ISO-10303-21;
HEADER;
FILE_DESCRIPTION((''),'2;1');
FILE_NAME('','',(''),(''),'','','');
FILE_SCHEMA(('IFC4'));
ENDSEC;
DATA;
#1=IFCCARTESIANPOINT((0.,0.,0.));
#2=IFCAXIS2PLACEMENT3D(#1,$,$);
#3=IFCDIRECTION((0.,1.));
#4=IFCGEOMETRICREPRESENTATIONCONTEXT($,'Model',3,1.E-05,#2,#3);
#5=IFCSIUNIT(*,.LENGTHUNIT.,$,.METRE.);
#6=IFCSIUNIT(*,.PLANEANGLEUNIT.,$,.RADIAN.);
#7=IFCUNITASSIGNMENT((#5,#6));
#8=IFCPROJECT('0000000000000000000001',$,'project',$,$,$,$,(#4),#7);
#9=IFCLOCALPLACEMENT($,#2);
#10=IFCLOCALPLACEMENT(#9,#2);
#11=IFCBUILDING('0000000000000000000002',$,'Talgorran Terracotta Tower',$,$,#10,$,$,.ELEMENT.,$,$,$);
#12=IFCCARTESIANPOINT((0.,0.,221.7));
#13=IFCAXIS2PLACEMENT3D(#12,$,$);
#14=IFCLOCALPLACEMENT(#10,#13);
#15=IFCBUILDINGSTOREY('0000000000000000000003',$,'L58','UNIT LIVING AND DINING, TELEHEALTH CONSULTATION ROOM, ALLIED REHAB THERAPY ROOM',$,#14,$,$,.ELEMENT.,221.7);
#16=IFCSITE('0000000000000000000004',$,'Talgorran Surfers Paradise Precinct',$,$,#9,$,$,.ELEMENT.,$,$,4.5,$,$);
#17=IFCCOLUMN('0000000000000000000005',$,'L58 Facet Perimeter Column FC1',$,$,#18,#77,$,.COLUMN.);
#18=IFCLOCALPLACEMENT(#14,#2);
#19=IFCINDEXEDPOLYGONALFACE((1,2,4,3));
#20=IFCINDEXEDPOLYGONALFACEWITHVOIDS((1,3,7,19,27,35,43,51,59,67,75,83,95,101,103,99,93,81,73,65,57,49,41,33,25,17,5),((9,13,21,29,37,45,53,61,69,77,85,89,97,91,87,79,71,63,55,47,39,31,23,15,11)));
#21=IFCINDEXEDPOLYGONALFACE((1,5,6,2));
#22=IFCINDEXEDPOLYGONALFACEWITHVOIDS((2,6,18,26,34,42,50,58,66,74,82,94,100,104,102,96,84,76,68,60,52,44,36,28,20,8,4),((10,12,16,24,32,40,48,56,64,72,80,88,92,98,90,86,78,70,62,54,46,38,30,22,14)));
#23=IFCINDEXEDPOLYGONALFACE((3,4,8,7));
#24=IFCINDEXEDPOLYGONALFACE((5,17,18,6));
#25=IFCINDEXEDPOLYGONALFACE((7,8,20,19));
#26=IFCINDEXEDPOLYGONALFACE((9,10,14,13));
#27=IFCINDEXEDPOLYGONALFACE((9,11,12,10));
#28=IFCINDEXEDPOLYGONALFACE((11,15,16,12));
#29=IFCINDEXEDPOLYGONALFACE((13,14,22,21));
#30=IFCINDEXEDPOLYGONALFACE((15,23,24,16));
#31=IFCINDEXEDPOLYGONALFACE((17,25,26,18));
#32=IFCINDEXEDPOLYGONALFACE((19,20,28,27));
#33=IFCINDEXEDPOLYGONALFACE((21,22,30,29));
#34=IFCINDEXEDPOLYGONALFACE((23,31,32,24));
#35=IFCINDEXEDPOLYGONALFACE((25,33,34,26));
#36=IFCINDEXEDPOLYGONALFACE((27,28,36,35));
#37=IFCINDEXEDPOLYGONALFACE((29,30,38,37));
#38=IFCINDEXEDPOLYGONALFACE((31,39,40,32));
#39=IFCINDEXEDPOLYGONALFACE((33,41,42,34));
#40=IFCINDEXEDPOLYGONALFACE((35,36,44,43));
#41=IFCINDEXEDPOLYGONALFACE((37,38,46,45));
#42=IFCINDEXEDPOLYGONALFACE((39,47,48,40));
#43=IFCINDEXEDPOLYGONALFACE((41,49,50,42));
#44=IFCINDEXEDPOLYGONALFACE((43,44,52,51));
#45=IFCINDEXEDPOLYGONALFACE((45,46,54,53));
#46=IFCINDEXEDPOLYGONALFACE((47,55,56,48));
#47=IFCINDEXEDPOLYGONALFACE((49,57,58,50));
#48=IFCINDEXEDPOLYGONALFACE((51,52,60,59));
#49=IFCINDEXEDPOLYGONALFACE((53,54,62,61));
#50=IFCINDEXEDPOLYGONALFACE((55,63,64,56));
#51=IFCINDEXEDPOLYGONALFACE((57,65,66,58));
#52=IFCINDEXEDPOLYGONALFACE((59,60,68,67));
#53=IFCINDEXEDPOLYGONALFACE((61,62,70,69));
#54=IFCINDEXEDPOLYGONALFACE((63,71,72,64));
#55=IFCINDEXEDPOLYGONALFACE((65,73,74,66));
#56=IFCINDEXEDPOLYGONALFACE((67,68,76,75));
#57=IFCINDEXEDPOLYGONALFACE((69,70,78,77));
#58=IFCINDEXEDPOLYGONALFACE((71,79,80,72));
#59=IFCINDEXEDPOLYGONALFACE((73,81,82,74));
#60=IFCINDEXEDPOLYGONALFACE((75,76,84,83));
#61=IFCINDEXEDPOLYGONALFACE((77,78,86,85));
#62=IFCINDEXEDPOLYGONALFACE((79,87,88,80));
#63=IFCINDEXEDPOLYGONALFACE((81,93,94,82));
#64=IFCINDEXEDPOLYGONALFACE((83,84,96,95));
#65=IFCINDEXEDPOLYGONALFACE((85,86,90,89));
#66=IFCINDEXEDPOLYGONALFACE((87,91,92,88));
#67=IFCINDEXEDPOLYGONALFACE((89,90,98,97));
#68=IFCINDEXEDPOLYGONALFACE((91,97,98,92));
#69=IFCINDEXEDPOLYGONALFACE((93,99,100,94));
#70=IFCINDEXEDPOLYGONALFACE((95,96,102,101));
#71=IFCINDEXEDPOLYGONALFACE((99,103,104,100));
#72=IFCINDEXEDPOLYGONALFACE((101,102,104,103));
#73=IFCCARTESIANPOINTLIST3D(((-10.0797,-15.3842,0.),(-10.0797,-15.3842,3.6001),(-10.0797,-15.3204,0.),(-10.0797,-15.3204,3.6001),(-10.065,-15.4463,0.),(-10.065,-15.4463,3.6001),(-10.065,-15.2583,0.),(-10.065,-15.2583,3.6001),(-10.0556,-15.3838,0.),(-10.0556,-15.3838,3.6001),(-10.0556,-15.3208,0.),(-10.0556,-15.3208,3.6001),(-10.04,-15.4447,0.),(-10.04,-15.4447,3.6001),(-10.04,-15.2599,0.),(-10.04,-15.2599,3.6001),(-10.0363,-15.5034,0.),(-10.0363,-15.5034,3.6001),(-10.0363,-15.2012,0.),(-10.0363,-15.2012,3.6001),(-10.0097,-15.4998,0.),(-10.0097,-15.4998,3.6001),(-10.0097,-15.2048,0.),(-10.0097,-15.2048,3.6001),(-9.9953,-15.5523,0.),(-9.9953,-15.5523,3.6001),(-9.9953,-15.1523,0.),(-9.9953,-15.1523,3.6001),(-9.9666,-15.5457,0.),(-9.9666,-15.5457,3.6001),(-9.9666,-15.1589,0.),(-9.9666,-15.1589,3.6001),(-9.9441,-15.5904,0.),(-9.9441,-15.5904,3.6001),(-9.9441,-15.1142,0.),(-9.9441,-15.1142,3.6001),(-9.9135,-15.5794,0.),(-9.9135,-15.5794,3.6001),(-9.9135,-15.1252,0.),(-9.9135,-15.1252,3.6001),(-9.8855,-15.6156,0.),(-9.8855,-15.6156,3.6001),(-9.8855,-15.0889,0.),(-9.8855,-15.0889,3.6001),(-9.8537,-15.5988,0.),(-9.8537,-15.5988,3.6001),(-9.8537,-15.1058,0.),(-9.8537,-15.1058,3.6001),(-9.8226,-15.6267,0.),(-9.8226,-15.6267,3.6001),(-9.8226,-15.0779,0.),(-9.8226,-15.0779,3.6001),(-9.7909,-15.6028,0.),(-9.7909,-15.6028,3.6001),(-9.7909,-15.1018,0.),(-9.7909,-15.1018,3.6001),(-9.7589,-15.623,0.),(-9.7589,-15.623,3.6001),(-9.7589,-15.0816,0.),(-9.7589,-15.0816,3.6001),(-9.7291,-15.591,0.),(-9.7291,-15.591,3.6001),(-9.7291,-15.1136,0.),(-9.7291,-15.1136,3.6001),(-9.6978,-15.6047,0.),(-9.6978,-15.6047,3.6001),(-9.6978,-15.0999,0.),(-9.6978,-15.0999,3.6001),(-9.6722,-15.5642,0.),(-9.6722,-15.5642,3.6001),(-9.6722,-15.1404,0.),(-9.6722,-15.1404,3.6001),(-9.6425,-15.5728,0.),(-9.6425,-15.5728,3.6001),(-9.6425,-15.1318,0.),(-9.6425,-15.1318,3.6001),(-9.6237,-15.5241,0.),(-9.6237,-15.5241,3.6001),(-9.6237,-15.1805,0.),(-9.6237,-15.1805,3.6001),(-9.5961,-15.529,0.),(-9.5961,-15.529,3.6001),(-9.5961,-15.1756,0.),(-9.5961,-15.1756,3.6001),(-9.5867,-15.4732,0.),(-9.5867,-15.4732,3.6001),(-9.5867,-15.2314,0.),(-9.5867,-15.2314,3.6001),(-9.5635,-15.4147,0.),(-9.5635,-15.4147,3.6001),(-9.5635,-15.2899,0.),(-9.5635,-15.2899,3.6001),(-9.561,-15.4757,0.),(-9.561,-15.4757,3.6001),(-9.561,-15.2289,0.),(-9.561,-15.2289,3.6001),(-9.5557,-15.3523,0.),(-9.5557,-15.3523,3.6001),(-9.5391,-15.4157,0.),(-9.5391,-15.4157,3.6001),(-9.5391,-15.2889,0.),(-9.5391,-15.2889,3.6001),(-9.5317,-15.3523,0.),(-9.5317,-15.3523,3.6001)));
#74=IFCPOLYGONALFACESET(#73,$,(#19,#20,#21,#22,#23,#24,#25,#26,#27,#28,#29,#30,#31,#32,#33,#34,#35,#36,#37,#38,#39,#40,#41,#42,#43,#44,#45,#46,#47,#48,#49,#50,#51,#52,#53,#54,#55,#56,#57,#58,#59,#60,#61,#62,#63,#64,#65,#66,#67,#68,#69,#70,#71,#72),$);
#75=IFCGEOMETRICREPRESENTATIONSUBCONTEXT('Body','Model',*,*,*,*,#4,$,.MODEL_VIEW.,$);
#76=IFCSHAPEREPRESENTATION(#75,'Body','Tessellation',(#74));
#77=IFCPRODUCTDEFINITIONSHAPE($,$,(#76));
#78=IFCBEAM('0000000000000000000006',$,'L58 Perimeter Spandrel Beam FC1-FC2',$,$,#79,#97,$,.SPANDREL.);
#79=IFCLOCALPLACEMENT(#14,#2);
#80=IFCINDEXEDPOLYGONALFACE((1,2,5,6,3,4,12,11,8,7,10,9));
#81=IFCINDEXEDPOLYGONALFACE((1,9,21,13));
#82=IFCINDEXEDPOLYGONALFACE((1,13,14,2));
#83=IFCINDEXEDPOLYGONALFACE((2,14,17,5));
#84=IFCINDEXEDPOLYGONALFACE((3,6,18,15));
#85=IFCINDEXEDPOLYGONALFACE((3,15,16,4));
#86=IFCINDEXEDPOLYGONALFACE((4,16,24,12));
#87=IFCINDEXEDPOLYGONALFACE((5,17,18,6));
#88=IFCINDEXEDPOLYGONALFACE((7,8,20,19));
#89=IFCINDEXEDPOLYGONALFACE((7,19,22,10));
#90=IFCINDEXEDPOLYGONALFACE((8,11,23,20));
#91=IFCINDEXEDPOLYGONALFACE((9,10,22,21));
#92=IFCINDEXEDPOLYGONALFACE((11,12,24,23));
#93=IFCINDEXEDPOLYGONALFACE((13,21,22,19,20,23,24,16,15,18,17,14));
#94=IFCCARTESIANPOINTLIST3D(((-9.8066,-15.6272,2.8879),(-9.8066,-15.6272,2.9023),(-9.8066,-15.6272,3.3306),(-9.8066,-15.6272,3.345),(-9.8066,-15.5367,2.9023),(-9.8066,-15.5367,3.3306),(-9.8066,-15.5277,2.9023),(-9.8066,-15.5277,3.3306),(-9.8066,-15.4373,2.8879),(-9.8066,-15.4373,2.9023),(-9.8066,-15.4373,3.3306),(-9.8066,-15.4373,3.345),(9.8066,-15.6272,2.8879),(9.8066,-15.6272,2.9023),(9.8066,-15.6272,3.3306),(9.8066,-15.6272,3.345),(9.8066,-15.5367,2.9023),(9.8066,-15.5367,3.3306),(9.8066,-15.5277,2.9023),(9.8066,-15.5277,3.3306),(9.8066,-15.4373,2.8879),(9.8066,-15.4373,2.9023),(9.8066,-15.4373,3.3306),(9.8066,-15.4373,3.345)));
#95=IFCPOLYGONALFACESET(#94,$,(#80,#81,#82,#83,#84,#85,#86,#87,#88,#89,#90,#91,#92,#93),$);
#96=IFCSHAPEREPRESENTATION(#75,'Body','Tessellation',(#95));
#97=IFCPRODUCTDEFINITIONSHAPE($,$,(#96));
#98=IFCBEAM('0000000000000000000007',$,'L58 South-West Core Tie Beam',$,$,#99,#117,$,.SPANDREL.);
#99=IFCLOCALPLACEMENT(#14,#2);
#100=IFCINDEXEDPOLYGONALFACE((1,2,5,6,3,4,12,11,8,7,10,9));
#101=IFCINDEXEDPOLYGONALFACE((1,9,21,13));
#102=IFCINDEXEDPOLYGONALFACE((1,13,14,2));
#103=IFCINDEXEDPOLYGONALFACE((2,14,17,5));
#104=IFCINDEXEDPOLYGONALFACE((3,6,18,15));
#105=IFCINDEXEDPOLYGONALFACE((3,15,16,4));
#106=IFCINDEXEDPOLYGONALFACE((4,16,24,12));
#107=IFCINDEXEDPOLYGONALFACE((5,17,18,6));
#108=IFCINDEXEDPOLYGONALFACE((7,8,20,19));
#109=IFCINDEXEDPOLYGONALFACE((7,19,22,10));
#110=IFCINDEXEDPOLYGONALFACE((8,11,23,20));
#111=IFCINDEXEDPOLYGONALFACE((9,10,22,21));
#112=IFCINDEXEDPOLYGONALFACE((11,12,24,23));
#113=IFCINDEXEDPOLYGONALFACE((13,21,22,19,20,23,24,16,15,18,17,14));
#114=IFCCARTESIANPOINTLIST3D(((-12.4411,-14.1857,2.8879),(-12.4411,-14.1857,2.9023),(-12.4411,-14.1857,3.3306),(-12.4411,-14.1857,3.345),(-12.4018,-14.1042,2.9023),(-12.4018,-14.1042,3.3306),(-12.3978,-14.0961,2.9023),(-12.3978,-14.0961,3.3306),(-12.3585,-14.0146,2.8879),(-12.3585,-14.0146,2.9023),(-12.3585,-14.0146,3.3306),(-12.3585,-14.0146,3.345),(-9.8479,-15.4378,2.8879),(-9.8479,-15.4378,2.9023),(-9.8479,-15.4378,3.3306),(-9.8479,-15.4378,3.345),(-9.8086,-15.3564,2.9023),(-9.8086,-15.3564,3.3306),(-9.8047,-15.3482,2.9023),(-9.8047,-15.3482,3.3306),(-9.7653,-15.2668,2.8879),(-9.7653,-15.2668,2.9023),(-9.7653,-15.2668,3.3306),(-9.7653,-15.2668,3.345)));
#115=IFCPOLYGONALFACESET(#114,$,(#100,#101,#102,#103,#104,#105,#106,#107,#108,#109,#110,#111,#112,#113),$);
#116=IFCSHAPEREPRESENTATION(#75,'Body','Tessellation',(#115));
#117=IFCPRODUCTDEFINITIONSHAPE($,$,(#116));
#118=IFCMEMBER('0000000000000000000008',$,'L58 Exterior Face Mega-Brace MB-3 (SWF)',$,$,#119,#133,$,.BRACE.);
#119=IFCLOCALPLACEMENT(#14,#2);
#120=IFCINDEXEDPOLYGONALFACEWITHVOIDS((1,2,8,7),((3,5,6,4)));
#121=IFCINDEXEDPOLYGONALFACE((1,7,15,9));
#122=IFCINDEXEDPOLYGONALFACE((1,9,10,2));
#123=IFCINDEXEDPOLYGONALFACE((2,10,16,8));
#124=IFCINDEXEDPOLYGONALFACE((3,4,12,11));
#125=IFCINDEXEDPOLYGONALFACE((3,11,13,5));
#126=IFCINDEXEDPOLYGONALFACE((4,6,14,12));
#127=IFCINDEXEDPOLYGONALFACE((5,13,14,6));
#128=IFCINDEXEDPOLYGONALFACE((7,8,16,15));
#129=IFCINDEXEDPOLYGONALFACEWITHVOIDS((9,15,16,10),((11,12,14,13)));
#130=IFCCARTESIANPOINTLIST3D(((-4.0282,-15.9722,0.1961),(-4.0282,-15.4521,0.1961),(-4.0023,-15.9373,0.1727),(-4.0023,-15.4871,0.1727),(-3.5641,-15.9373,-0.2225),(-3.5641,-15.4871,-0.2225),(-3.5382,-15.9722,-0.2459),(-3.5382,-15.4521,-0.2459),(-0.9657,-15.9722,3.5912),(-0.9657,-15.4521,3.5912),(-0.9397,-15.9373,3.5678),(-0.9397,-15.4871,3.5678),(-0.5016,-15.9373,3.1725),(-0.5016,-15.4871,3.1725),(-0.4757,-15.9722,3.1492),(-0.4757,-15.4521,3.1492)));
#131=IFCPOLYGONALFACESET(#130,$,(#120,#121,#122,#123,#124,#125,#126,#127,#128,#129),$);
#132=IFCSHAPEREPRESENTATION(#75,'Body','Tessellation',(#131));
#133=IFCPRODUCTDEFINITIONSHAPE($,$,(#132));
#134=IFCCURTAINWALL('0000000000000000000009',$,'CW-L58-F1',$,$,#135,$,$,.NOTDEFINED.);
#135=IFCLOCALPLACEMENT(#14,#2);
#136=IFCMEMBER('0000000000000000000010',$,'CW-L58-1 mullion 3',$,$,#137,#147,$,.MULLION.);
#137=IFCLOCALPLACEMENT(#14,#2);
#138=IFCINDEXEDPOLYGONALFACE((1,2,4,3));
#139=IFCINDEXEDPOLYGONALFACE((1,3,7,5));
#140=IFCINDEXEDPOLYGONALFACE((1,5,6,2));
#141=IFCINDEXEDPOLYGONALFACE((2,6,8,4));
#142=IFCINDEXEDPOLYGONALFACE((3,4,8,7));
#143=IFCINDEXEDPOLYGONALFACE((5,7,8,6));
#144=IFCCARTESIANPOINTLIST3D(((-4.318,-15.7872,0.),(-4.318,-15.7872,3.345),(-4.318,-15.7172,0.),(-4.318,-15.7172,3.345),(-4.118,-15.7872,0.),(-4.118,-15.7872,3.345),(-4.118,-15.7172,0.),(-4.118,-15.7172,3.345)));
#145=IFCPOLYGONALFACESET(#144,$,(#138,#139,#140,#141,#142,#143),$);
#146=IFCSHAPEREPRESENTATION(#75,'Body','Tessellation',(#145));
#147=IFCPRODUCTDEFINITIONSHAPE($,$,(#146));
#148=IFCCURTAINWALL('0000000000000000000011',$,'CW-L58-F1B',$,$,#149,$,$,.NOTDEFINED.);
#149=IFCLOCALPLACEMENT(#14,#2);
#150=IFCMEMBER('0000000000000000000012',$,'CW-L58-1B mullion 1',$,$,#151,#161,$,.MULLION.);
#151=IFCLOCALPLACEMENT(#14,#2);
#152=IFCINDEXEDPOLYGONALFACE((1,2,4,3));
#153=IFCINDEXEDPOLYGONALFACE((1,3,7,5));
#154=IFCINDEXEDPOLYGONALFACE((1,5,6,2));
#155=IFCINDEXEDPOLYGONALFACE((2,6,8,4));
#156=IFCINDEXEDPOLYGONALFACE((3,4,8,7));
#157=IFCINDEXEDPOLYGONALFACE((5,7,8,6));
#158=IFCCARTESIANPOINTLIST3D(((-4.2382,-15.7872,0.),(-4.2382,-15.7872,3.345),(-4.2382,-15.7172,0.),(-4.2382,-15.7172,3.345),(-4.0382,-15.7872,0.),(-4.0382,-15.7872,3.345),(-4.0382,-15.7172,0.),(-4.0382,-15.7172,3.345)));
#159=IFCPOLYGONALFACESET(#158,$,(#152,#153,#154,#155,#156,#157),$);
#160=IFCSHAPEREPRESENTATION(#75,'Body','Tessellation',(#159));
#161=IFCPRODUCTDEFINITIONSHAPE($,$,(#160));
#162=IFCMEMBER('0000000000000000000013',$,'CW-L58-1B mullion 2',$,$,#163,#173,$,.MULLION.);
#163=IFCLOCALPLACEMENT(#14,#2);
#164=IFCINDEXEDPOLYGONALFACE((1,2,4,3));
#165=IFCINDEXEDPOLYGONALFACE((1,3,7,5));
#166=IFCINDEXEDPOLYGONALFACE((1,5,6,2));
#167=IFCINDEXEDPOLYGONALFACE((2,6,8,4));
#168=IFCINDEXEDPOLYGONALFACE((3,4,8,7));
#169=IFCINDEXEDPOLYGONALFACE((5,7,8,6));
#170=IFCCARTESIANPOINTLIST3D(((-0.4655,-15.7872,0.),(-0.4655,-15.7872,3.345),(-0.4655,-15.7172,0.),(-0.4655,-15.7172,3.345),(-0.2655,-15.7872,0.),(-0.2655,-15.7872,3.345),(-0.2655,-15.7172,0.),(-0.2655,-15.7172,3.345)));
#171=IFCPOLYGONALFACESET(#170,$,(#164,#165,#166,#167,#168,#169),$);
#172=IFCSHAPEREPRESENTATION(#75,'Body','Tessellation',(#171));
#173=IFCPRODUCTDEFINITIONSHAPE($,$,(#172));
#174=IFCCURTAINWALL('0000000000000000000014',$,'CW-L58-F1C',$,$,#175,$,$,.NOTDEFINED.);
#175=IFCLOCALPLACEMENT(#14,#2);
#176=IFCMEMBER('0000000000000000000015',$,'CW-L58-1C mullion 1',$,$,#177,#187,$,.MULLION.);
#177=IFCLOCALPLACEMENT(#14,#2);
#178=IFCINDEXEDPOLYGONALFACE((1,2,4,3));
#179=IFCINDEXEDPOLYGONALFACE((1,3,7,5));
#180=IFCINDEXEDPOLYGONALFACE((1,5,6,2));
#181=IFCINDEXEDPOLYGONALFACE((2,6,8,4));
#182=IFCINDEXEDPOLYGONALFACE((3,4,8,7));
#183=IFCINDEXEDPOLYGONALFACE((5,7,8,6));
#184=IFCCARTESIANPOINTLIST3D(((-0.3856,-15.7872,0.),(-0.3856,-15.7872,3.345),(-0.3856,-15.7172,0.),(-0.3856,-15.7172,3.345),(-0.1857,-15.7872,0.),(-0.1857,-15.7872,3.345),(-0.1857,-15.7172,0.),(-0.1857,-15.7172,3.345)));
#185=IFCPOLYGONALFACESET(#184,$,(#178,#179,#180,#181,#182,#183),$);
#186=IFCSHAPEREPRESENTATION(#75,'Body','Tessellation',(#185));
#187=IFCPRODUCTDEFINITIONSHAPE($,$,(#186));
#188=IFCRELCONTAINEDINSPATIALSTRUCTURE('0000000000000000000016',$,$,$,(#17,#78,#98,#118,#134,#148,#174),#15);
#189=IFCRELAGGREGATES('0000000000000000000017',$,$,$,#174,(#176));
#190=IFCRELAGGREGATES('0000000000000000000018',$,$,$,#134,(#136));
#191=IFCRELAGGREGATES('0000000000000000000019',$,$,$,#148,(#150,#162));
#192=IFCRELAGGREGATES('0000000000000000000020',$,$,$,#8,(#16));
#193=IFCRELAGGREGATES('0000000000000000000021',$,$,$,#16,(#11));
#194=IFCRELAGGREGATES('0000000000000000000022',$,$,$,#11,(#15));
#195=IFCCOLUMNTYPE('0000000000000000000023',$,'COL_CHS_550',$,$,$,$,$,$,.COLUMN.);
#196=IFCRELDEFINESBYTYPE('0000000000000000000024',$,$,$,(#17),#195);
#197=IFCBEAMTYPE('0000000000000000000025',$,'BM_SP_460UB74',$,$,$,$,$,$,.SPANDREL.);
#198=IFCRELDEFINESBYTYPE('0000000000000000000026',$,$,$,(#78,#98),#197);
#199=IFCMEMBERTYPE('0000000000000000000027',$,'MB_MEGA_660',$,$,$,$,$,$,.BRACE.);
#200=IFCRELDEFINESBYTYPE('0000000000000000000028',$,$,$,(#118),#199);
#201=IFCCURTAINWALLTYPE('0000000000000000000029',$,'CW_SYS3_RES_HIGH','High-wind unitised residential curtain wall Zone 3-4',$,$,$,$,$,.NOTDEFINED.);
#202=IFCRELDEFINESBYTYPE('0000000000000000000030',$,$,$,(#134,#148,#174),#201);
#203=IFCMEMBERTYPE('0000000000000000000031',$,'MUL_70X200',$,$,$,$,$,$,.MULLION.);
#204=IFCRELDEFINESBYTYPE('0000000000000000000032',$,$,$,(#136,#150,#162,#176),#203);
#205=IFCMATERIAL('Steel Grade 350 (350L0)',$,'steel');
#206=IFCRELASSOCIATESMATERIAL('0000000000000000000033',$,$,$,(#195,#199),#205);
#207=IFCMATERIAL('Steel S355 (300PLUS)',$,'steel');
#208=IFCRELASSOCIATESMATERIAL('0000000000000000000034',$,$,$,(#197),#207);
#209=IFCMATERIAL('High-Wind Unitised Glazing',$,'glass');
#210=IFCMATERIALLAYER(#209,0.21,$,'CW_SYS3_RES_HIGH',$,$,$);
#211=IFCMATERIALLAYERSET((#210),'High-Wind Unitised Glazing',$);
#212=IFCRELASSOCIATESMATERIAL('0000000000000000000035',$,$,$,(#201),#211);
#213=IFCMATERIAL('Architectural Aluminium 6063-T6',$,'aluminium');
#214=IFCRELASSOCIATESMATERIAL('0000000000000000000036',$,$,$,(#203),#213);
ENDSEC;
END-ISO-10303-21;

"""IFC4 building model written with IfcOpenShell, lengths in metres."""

from ifc_helpers import new_model, si_unit, direction, frame, origin, origin_2d, place, context, subcontext, project, spatial, rectangle, hollow_rectangle, hollow_circle, i_section, extrude, material, layer, layer_set, material_profile, profile_set, type_object, element, aggregate, save


model = new_model("IFC4")

# Units and contexts
model_context = context("Model", 3, precision=1e-05, world=origin(), true_north=direction((0.0, 1.0)))
body_context = subcontext(model_context, "Body", "Model", "MODEL_VIEW")
ifc_project = project(units=[si_unit("LENGTHUNIT", "METRE"), si_unit("PLANEANGLEUNIT", "RADIAN")], contexts=[model_context])

# Site, building, storey
site_placement = place(None, origin())
site = spatial("IfcSite", under=ifc_project, at=site_placement, Name="Talgorran Surfers Paradise Precinct", CompositionType="ELEMENT", RefElevation=4.5)
building_placement = place(site_placement, origin())
building = spatial("IfcBuilding", under=site, at=building_placement, Name="Talgorran Terracotta Tower", CompositionType="ELEMENT")
storey_placement = place(building_placement, frame((0.0, 0.0, 221.7)))
storey = spatial("IfcBuildingStorey", under=building, at=storey_placement, Name="L58", Description="UNIT LIVING AND DINING, TELEHEALTH CONSULTATION ROOM, ALLIED REHAB THERAPY ROOM", CompositionType="ELEMENT", Elevation=221.7)

# Column
ifc_material_1 = material(Name="Steel Grade 350 (350L0)", Category="steel")
ifc_material_profile_1 = material_profile(ifc_material_1, hollow_circle(Radius=0.2749, WallThickness=0.0239, at=origin_2d()), Name="CHS550X24")
ifc_profile_set_1 = profile_set([ifc_material_profile_1], Name="Steel Grade 350 (350L0)")
column_type = type_object("IfcColumnType", Name="COL_CHS_550", PredefinedType="COLUMN", material=ifc_profile_set_1)
column_placement = place(storey_placement, frame((-9.8066, -15.3523, 0.0), z_axis=(0.0, 0.0, 1.0), x_axis=(1.0, 0.0, 0.0)))
element("IfcColumn", 1, at=column_placement, inside=storey, type_object=column_type, Name="L58 Facet Perimeter Column FC1", PredefinedType="COLUMN", context=body_context, shape_type="SweptSolid", body=[
    extrude(hollow_circle(Radius=0.2749, WallThickness=0.0239, at=origin_2d()), origin(), (0.0, 0.0, 1.0), 3.6001),
])

# Beams
ifc_material_2 = material(Name="Steel S355 (300PLUS)", Category="steel")
ifc_material_profile_2 = material_profile(ifc_material_2, i_section(OverallWidth=0.1899, OverallDepth=0.457, WebThickness=0.009, FlangeThickness=0.0144, at=origin_2d()), Name="460UB74.6")
ifc_profile_set_2 = profile_set([ifc_material_profile_2], Name="Steel S355 (300PLUS)")
beam_type = type_object("IfcBeamType", Name="BM_SP_460UB74", PredefinedType="SPANDREL", material=ifc_profile_set_2)
beam_1_placement = place(storey_placement, frame((-9.8066, -15.5322, 3.1165), z_axis=(1.0, 0.0, 0.0), x_axis=(0.0, 1.0, 0.0)))
element("IfcBeam", 2, at=beam_1_placement, inside=storey, type_object=beam_type, Name="L58 Perimeter Spandrel Beam FC1-FC2", PredefinedType="SPANDREL", context=body_context, shape_type="SweptSolid", body=[
    extrude(i_section(OverallWidth=0.1899, OverallDepth=0.457, WebThickness=0.009, FlangeThickness=0.0144, at=origin_2d()), origin(), (0.0, 0.0, 1.0), 19.6133),
])
beam_2_placement = place(storey_placement, frame((-9.8066, -15.3523, 3.1165), z_axis=(-0.900514, 0.434827, 0.0), x_axis=(-0.434827, -0.900514, 0.0)))
element("IfcBeam", 3, at=beam_2_placement, inside=storey, type_object=beam_type, Name="L58 South-West Core Tie Beam", PredefinedType="SPANDREL", context=body_context, shape_type="SweptSolid", body=[
    extrude(i_section(OverallWidth=0.1899, OverallDepth=0.457, WebThickness=0.009, FlangeThickness=0.0144, at=origin_2d()), origin(), (0.0, 0.0, 1.0), 2.8796),
])

# Member
ifc_material_profile_3 = material_profile(ifc_material_1, hollow_rectangle(XDim=0.52, YDim=0.6599, WallThickness=0.0349, at=origin_2d()), Name="WBOX660X520X35")
ifc_profile_set_3 = profile_set([ifc_material_profile_3], Name="Steel Grade 350 (350L0)")
member_type_1 = type_object("IfcMemberType", Name="MB_MEGA_660", PredefinedType="BRACE", material=ifc_profile_set_3)
member_1_placement = place(storey_placement, frame((-3.7832, -15.7122, -0.0249), z_axis=(0.669808, 0.0, 0.742534), x_axis=(0.0, 1.0, 0.0)))
element("IfcMember", 4, at=member_1_placement, inside=storey, type_object=member_type_1, Name="L58 Exterior Face Mega-Brace MB-3 (SWF)", PredefinedType="BRACE", context=body_context, shape_type="SweptSolid", body=[
    extrude(hollow_rectangle(XDim=0.52, YDim=0.6599, WallThickness=0.0349, at=origin_2d()), origin(), (0.0, 0.0, 1.0), 4.5723),
])

# Curtain wall, member
ifc_material_3 = material(Name="High-Wind Unitised Glazing", Category="glass")
ifc_layer_1 = layer(ifc_material_3, 0.21, Name="CW_SYS3_RES_HIGH")
ifc_layer_set_1 = layer_set([ifc_layer_1], Name="High-Wind Unitised Glazing")
curtain_wall_type = type_object("IfcCurtainWallType", Name="CW_SYS3_RES_HIGH", Description="High-wind unitised residential curtain wall Zone 3-4", PredefinedType="NOTDEFINED", material=ifc_layer_set_1)
curtain_wall_1_placement = place(storey_placement, origin())
curtain_wall_1 = element("IfcCurtainWall", 5, at=curtain_wall_1_placement, inside=storey, type_object=curtain_wall_type, Name="CW-L58-F1", PredefinedType="NOTDEFINED")
ifc_material_4 = material(Name="Architectural Aluminium 6063-T6", Category="aluminium")
ifc_material_profile_4 = material_profile(ifc_material_4, rectangle(XDim=0.0701, YDim=0.2, at=origin_2d()), Name="CWM70X200")
ifc_profile_set_4 = profile_set([ifc_material_profile_4], Name="Architectural Aluminium 6063-T6")
member_type_2 = type_object("IfcMemberType", Name="MUL_70X200", PredefinedType="MULLION", material=ifc_profile_set_4)
member_2_placement = place(storey_placement, frame((-4.218, -15.7522, 0.0), z_axis=(0.0, 0.0, 1.0), x_axis=(0.0, 1.0, 0.0)))
member_2 = element("IfcMember", 6, at=member_2_placement, type_object=member_type_2, Name="CW-L58-1 mullion 3", PredefinedType="MULLION", context=body_context, shape_type="SweptSolid", body=[
    extrude(rectangle(XDim=0.0701, YDim=0.2, at=origin_2d()), origin(), (0.0, 0.0, 1.0), 3.345),
])

# Curtain wall, members
curtain_wall_2_placement = place(storey_placement, origin())
curtain_wall_2 = element("IfcCurtainWall", 7, at=curtain_wall_2_placement, inside=storey, type_object=curtain_wall_type, Name="CW-L58-F1B", PredefinedType="NOTDEFINED")
member_3_placement = place(storey_placement, frame((-4.1382, -15.7522, 0.0), z_axis=(0.0, 0.0, 1.0), x_axis=(0.0, 1.0, 0.0)))
member_3 = element("IfcMember", 8, at=member_3_placement, type_object=member_type_2, Name="CW-L58-1B mullion 1", PredefinedType="MULLION", context=body_context, shape_type="SweptSolid", body=[
    extrude(rectangle(XDim=0.0701, YDim=0.2, at=origin_2d()), origin(), (0.0, 0.0, 1.0), 3.345),
])
member_4_placement = place(storey_placement, frame((-0.3655, -15.7522, 0.0), z_axis=(0.0, 0.0, 1.0), x_axis=(0.0, 1.0, 0.0)))
member_4 = element("IfcMember", 9, at=member_4_placement, type_object=member_type_2, Name="CW-L58-1B mullion 2", PredefinedType="MULLION", context=body_context, shape_type="SweptSolid", body=[
    extrude(rectangle(XDim=0.0701, YDim=0.2, at=origin_2d()), origin(), (0.0, 0.0, 1.0), 3.345),
])

# Curtain wall, member
curtain_wall_3_placement = place(storey_placement, origin())
curtain_wall_3 = element("IfcCurtainWall", 10, at=curtain_wall_3_placement, inside=storey, type_object=curtain_wall_type, Name="CW-L58-F1C", PredefinedType="NOTDEFINED")
member_5_placement = place(storey_placement, frame((-0.2856, -15.7522, 0.0), z_axis=(0.0, 0.0, 1.0), x_axis=(0.0, 1.0, 0.0)))
member_5 = element("IfcMember", 11, at=member_5_placement, type_object=member_type_2, Name="CW-L58-1C mullion 1", PredefinedType="MULLION", context=body_context, shape_type="SweptSolid", body=[
    extrude(rectangle(XDim=0.0701, YDim=0.2, at=origin_2d()), origin(), (0.0, 0.0, 1.0), 3.345),
])

aggregate(curtain_wall_3, [member_5])

aggregate(curtain_wall_1, [member_2])
aggregate(curtain_wall_2, [member_3, member_4])

save(model, "model.ifc")
